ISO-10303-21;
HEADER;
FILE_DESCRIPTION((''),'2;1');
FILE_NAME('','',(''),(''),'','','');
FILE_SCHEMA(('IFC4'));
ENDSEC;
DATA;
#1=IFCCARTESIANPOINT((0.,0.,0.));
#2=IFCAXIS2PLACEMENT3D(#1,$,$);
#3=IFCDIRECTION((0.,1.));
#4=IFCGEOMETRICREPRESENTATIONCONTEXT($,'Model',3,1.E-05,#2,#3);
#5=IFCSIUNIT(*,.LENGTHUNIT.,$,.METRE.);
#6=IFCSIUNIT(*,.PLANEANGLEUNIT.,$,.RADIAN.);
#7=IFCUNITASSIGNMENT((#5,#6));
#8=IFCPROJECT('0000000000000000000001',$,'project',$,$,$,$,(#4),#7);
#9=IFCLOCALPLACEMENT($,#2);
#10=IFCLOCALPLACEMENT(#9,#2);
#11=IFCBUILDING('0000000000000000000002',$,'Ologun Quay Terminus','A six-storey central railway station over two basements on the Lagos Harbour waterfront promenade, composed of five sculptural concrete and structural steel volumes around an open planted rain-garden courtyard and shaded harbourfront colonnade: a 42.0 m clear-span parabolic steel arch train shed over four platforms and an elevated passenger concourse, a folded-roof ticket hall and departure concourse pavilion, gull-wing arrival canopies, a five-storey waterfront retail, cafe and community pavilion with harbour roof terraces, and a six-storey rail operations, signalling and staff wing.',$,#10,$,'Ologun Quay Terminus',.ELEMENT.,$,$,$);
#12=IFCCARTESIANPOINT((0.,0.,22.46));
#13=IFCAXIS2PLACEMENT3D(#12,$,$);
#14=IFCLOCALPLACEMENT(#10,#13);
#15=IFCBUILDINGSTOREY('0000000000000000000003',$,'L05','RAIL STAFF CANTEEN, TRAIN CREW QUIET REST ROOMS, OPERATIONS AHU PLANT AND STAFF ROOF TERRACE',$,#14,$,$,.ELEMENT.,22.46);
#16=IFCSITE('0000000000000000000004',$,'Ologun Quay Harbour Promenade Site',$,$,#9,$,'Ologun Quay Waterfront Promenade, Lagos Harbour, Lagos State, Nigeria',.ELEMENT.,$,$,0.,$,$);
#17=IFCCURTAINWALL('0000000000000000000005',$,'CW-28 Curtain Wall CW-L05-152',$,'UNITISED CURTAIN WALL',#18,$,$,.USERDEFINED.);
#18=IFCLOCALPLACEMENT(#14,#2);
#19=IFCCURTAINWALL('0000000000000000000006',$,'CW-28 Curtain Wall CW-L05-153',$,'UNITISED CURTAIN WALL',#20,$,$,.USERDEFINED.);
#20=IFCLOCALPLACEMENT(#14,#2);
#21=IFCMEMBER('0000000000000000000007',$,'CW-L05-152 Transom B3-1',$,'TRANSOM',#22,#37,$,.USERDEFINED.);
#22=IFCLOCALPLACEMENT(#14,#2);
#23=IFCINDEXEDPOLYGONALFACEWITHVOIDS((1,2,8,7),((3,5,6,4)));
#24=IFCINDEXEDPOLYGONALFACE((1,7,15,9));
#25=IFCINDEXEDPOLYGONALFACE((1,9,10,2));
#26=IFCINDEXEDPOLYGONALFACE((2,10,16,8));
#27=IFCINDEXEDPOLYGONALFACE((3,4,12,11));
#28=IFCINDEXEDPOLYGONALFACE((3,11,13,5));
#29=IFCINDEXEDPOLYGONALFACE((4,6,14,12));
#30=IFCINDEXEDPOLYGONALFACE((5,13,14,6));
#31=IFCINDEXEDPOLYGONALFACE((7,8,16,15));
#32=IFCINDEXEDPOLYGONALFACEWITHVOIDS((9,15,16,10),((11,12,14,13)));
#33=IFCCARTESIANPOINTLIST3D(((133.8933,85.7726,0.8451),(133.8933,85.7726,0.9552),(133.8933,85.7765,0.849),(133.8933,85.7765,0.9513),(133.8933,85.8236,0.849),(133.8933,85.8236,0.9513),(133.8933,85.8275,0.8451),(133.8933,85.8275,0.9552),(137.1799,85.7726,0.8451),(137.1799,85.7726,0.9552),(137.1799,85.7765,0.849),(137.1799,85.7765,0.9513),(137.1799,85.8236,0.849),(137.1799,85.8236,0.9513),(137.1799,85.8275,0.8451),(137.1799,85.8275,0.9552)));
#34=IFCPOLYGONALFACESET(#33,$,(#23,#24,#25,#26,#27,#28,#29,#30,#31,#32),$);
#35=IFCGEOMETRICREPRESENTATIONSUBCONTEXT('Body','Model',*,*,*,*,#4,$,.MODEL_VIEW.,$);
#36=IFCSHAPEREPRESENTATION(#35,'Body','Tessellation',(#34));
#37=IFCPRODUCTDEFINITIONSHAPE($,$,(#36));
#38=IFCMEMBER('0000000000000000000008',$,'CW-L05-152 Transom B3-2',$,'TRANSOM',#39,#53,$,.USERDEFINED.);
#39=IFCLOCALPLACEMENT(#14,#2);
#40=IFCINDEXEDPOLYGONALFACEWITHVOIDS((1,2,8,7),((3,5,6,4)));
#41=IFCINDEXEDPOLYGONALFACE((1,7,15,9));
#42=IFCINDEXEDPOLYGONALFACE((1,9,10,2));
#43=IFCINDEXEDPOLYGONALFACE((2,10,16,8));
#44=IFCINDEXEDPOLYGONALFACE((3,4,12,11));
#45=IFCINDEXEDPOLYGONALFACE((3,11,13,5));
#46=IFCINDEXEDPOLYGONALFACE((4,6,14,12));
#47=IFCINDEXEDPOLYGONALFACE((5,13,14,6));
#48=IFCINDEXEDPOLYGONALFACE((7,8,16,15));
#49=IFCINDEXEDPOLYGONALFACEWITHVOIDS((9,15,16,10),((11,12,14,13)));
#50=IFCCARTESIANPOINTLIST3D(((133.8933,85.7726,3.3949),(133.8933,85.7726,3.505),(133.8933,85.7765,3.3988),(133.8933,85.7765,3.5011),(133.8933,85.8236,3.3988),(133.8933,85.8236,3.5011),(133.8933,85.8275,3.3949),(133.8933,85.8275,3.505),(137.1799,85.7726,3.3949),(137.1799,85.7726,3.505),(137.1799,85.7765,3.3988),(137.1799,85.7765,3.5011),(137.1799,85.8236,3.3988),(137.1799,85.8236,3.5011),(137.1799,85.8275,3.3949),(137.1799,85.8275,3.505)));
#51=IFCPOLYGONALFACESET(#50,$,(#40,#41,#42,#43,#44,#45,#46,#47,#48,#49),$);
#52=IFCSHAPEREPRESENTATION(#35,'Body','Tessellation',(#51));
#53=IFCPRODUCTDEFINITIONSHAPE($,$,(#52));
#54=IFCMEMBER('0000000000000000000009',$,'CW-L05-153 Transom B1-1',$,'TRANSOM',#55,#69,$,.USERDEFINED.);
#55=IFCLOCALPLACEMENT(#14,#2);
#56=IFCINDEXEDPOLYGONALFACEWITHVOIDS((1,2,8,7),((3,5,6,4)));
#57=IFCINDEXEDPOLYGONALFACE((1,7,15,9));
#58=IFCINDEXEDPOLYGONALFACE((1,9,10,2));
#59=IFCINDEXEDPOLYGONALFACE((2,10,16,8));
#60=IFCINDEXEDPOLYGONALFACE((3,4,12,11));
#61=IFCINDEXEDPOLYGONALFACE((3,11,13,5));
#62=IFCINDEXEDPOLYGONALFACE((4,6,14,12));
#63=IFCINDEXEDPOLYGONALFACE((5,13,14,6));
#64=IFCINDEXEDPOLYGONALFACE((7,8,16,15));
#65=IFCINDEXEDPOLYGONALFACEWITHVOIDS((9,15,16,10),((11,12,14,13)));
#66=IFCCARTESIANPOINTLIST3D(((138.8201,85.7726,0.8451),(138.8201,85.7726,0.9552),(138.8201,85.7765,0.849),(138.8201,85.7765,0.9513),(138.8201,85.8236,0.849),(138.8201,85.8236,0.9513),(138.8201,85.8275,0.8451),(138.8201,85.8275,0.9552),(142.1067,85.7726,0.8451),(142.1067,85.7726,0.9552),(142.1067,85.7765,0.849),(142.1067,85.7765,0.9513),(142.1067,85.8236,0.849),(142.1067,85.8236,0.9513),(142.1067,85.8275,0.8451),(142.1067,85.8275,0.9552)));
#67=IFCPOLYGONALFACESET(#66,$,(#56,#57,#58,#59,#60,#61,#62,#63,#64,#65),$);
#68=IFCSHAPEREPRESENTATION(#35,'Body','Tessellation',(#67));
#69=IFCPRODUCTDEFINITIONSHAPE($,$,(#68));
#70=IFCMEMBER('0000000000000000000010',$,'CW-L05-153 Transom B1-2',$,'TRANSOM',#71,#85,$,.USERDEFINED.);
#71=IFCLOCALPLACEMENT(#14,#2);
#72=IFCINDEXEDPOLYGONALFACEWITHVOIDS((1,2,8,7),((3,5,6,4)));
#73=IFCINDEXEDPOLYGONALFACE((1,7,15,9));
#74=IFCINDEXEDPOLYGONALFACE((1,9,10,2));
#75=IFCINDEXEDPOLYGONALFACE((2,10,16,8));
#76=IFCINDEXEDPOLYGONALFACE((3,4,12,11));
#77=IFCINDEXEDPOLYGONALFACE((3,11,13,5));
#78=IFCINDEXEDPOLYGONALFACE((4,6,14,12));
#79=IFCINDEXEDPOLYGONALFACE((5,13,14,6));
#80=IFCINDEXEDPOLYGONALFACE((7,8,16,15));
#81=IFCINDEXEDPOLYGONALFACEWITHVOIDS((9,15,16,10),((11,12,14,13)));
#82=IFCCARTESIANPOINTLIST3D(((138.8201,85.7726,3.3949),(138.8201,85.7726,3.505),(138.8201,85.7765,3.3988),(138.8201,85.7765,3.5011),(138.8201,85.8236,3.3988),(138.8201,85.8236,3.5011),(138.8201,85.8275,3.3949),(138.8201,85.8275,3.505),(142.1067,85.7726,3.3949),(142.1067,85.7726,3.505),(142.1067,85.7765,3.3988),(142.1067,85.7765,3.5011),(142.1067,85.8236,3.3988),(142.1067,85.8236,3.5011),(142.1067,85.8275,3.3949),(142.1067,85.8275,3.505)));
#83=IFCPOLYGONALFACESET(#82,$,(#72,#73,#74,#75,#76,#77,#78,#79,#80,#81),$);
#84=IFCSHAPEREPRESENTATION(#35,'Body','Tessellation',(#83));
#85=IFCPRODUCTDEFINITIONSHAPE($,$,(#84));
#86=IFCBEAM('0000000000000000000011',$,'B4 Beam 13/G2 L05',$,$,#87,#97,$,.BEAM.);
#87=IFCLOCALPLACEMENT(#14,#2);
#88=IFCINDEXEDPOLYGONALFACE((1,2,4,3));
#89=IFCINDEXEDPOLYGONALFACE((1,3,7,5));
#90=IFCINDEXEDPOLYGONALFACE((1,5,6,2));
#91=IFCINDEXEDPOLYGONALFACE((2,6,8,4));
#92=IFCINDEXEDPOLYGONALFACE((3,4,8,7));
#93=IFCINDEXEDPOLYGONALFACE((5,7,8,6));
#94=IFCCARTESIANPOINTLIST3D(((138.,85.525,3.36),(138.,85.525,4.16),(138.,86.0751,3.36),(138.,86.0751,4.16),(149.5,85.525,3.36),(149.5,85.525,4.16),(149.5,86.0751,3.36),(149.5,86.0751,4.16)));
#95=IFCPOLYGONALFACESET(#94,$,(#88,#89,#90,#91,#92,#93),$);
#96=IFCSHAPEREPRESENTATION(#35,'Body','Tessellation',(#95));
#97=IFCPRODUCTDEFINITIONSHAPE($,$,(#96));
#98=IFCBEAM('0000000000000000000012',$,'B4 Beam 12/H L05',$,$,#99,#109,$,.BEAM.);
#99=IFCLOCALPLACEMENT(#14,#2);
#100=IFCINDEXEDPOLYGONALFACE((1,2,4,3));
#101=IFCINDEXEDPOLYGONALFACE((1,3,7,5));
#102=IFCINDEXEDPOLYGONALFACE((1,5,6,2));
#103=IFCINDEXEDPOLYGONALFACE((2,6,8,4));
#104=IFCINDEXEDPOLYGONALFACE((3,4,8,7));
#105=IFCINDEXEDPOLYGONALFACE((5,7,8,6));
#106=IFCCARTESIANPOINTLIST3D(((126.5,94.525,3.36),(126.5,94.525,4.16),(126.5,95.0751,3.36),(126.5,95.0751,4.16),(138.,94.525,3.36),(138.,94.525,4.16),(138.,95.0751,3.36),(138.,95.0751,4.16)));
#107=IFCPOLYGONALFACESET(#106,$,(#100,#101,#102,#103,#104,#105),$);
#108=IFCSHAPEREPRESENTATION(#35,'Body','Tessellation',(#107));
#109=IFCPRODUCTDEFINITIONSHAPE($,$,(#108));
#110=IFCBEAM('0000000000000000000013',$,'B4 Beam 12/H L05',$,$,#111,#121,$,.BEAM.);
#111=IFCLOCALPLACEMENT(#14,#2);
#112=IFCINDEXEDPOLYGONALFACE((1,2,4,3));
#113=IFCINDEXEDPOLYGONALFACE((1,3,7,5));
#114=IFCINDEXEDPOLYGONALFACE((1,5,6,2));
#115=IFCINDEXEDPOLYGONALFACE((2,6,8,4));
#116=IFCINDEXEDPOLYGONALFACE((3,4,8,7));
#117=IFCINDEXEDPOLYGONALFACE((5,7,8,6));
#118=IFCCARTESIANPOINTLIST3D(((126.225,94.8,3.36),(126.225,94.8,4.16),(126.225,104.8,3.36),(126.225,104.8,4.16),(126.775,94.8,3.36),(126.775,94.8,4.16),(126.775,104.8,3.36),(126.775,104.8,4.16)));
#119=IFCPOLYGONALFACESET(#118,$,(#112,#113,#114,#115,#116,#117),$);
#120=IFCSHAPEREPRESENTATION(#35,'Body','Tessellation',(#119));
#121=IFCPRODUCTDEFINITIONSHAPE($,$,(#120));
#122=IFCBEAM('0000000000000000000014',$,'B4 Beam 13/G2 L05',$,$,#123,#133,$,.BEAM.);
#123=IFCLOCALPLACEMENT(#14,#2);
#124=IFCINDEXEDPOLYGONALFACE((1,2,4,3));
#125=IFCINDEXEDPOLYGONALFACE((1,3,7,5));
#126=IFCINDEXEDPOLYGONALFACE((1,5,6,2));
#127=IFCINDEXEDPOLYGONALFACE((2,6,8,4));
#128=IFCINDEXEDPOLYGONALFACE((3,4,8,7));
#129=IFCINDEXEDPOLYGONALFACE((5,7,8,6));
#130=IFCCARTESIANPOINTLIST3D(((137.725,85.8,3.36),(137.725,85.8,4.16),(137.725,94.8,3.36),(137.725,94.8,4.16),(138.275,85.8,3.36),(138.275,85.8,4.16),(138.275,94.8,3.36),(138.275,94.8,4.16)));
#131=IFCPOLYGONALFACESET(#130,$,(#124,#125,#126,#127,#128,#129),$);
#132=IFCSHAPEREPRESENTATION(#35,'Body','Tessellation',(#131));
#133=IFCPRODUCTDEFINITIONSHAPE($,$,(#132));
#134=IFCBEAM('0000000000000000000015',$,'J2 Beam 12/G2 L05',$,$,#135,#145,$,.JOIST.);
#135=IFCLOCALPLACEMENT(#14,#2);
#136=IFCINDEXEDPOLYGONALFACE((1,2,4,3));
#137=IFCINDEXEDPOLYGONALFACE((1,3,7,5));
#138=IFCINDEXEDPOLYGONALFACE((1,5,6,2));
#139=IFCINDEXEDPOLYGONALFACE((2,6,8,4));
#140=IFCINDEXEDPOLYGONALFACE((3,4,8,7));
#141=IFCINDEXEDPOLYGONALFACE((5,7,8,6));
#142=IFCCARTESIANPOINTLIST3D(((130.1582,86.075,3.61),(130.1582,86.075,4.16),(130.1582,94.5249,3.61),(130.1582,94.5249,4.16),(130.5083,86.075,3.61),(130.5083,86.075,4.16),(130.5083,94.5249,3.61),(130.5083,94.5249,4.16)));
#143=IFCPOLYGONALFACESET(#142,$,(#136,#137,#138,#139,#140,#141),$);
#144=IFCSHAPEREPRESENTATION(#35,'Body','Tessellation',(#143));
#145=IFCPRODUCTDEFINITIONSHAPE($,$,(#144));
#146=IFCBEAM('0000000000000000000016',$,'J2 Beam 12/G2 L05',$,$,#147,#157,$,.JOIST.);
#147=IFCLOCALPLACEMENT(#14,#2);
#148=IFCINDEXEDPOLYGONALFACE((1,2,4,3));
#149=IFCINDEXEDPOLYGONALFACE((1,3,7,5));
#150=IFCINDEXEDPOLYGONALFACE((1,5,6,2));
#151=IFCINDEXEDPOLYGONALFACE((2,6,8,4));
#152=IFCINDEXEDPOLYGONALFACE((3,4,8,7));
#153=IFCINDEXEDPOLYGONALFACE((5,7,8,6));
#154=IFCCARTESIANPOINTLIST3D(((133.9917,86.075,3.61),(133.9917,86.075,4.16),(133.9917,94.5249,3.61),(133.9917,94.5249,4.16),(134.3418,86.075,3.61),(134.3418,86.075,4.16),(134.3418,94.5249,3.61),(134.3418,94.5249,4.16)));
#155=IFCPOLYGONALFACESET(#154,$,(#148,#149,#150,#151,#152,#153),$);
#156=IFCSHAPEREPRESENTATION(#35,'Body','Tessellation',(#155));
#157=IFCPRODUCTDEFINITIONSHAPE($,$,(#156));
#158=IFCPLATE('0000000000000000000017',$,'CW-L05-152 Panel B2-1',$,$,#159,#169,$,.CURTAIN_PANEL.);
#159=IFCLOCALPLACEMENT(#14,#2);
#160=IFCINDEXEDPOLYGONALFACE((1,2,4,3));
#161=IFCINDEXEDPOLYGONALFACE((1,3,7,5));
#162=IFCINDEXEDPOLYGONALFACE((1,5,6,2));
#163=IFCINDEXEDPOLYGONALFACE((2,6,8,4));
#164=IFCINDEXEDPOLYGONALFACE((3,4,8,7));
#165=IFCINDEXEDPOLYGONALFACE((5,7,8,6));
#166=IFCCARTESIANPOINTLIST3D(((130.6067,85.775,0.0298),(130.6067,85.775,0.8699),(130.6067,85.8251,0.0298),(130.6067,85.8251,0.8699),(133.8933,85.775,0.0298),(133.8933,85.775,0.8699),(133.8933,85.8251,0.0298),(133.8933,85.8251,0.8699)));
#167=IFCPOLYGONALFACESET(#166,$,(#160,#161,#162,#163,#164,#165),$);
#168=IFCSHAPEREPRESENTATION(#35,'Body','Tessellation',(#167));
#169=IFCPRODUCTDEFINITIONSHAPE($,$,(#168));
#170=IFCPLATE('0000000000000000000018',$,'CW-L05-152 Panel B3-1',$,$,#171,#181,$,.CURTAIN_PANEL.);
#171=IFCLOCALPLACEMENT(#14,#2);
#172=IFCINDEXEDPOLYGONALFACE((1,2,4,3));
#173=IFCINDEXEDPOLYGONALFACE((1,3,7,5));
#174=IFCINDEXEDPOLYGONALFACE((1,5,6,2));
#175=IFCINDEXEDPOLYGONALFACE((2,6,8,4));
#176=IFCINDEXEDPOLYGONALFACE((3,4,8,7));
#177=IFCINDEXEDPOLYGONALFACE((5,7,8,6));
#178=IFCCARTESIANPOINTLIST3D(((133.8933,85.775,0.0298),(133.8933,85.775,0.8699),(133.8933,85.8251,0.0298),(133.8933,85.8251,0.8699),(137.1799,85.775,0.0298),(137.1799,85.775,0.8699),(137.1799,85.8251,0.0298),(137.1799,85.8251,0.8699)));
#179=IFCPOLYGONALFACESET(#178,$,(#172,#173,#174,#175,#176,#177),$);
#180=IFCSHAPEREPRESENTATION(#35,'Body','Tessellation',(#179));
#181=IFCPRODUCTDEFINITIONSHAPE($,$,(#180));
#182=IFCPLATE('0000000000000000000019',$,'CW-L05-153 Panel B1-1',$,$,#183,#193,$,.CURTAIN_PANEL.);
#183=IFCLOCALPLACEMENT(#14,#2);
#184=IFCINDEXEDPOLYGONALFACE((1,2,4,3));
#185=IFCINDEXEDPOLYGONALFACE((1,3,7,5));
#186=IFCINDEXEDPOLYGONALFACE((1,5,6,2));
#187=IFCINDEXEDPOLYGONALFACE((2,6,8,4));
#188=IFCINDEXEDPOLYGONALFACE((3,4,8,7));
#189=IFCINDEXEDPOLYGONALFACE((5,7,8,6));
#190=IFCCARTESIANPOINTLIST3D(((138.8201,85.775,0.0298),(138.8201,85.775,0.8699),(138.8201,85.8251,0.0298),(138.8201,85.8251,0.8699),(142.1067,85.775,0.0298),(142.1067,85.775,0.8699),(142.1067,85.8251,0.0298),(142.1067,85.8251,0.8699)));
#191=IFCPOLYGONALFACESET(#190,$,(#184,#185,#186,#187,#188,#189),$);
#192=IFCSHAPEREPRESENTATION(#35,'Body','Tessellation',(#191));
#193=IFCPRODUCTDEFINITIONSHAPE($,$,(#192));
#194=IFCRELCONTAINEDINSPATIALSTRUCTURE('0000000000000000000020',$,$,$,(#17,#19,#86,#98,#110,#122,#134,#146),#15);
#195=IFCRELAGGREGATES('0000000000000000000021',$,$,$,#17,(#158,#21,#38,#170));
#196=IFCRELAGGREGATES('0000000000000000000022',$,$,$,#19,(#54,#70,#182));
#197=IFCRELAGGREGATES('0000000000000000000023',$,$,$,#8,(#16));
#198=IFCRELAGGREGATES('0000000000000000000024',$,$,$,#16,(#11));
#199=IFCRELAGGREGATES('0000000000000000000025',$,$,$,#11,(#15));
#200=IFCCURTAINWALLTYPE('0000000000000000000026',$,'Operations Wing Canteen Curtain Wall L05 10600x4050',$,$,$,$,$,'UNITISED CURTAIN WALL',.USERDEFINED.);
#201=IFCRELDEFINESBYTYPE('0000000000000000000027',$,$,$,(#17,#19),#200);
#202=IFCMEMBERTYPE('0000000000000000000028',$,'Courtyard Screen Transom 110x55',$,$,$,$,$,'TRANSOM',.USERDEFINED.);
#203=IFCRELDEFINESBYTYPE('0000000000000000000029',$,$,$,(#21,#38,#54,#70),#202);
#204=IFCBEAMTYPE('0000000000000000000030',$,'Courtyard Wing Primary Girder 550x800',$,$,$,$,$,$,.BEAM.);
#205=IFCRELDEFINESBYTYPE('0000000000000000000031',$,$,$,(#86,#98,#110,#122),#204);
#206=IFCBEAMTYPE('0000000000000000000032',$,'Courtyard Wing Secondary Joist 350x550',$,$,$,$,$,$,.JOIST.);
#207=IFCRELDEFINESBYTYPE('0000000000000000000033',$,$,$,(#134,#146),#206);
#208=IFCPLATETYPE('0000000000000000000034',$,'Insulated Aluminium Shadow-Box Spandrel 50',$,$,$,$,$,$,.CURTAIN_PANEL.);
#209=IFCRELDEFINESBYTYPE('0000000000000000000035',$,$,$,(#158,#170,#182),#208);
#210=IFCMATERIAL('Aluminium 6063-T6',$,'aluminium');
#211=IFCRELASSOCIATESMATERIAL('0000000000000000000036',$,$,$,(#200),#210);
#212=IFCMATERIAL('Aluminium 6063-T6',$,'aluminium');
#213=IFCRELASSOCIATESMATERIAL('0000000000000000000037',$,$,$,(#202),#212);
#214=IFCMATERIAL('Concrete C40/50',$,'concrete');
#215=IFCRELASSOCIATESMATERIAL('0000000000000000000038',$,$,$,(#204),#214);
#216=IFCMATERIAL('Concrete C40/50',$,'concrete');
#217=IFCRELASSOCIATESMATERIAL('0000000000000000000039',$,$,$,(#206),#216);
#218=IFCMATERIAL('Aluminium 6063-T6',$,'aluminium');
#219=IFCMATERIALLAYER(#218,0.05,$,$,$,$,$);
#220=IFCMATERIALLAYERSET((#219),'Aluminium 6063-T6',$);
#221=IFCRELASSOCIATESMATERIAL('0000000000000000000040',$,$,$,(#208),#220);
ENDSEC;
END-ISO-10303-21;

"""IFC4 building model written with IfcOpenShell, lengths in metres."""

from ifc_helpers import new_model, si_unit, direction, frame, origin, origin_2d, place, context, subcontext, project, spatial, rectangle, hollow_rectangle, extrude, material, layer, layer_set, material_profile, profile_set, type_object, element, aggregate, save


model = new_model("IFC4")

# Units and contexts
model_context = context("Model", 3, precision=1e-05, world=origin(), true_north=direction((0.0, 1.0)))
body_context = subcontext(model_context, "Body", "Model", "MODEL_VIEW")
ifc_project = project(units=[si_unit("LENGTHUNIT", "METRE"), si_unit("PLANEANGLEUNIT", "RADIAN")], contexts=[model_context])

# Site, building, storey
site_placement = place(None, origin())
site = spatial("IfcSite", under=ifc_project, at=site_placement, Name="Ologun Quay Harbour Promenade Site", LongName="Ologun Quay Waterfront Promenade, Lagos Harbour, Lagos State, Nigeria", CompositionType="ELEMENT", RefElevation=0.0)
building_placement = place(site_placement, origin())
building = spatial("IfcBuilding", under=site, at=building_placement, Name="Ologun Quay Terminus", Description="A six-storey central railway station over two basements on the Lagos Harbour waterfront promenade, composed of five sculptural concrete and structural steel volumes around an open planted rain-garden courtyard and shaded harbourfront colonnade: a 42.0 m clear-span parabolic steel arch train shed over four platforms and an elevated passenger concourse, a folded-roof ticket hall and departure concourse pavilion, gull-wing arrival canopies, a five-storey waterfront retail, cafe and community pavilion with harbour roof terraces, and a six-storey rail operations, signalling and staff wing.", LongName="Ologun Quay Terminus", CompositionType="ELEMENT")
storey_placement = place(building_placement, frame((0.0, 0.0, 22.46)))
storey = spatial("IfcBuildingStorey", under=building, at=storey_placement, Name="L05", Description="RAIL STAFF CANTEEN, TRAIN CREW QUIET REST ROOMS, OPERATIONS AHU PLANT AND STAFF ROOF TERRACE", CompositionType="ELEMENT", Elevation=22.46)

# Curtain wall
ifc_material_1 = material(Name="Aluminium 6063-T6", Category="aluminium")
curtain_wall_type = type_object("IfcCurtainWallType", Name="Operations Wing Canteen Curtain Wall L05 10600x4050", ElementType="UNITISED CURTAIN WALL", PredefinedType="USERDEFINED", material=ifc_material_1)
curtain_wall_1_placement = place(storey_placement, origin())
curtain_wall_1 = element("IfcCurtainWall", 1, at=curtain_wall_1_placement, inside=storey, type_object=curtain_wall_type, Name="CW-28 Curtain Wall CW-L05-152", ObjectType="UNITISED CURTAIN WALL", PredefinedType="USERDEFINED")

# Curtain wall
curtain_wall_2_placement = place(storey_placement, origin())
curtain_wall_2 = element("IfcCurtainWall", 2, at=curtain_wall_2_placement, inside=storey, type_object=curtain_wall_type, Name="CW-28 Curtain Wall CW-L05-153", ObjectType="UNITISED CURTAIN WALL", PredefinedType="USERDEFINED")

# Members
ifc_material_2 = material(Name="Aluminium 6063-T6", Category="aluminium")
ifc_material_profile_1 = material_profile(ifc_material_2, hollow_rectangle(XDim=0.0549, YDim=0.1101, WallThickness=0.0039, at=origin_2d()), Name="ALU 110x55x4")
ifc_profile_set_1 = profile_set([ifc_material_profile_1], Name="Aluminium 6063-T6")
member_type_1 = type_object("IfcMemberType", Name="Courtyard Screen Transom 110x55", ElementType="TRANSOM", PredefinedType="USERDEFINED", material=ifc_profile_set_1)
member_1_placement = place(storey_placement, frame((133.8933, 85.8, 0.9001), z_axis=(1.0, 0.0, 0.0), x_axis=(0.0, 1.0, 0.0)))
member_1 = element("IfcMember", 3, at=member_1_placement, type_object=member_type_1, Name="CW-L05-152 Transom B3-1", ObjectType="TRANSOM", PredefinedType="USERDEFINED", context=body_context, shape_type="SweptSolid", body=[
    extrude(hollow_rectangle(XDim=0.0549, YDim=0.1101, WallThickness=0.0039, at=origin_2d()), origin(), (0.0, 0.0, 1.0), 3.2866),
])
member_2_placement = place(storey_placement, frame((133.8933, 85.8, 3.45), z_axis=(1.0, 0.0, 0.0), x_axis=(0.0, 1.0, 0.0)))
member_2 = element("IfcMember", 4, at=member_2_placement, type_object=member_type_1, Name="CW-L05-152 Transom B3-2", ObjectType="TRANSOM", PredefinedType="USERDEFINED", context=body_context, shape_type="SweptSolid", body=[
    extrude(hollow_rectangle(XDim=0.0549, YDim=0.1101, WallThickness=0.0039, at=origin_2d()), origin(), (0.0, 0.0, 1.0), 3.2866),
])
member_3_placement = place(storey_placement, frame((138.8201, 85.8, 0.9001), z_axis=(1.0, 0.0, 0.0), x_axis=(0.0, 1.0, 0.0)))
member_3 = element("IfcMember", 5, at=member_3_placement, type_object=member_type_1, Name="CW-L05-153 Transom B1-1", ObjectType="TRANSOM", PredefinedType="USERDEFINED", context=body_context, shape_type="SweptSolid", body=[
    extrude(hollow_rectangle(XDim=0.0549, YDim=0.1101, WallThickness=0.0039, at=origin_2d()), origin(), (0.0, 0.0, 1.0), 3.2866),
])
member_4_placement = place(storey_placement, frame((138.8201, 85.8, 3.45), z_axis=(1.0, 0.0, 0.0), x_axis=(0.0, 1.0, 0.0)))
member_4 = element("IfcMember", 6, at=member_4_placement, type_object=member_type_1, Name="CW-L05-153 Transom B1-2", ObjectType="TRANSOM", PredefinedType="USERDEFINED", context=body_context, shape_type="SweptSolid", body=[
    extrude(hollow_rectangle(XDim=0.0549, YDim=0.1101, WallThickness=0.0039, at=origin_2d()), origin(), (0.0, 0.0, 1.0), 3.2866),
])

# Beams
ifc_material_3 = material(Name="Concrete C40/50", Category="concrete")
ifc_material_profile_2 = material_profile(ifc_material_3, rectangle(XDim=0.55, YDim=0.8, at=origin_2d()), Name="RC 550x800")
ifc_profile_set_2 = profile_set([ifc_material_profile_2], Name="Concrete C40/50")
beam_type_1 = type_object("IfcBeamType", Name="Courtyard Wing Primary Girder 550x800", PredefinedType="BEAM", material=ifc_profile_set_2)
for number, where, z_axis, x_axis, name in (
    (7, (138.0, 85.8, 3.76), (1.0, 0.0, 0.0), (0.0, 1.0, 0.0), "B4 Beam 13/G2 L05"),
    (8, (126.5, 94.8, 3.76), (1.0, 0.0, 0.0), (0.0, 1.0, 0.0), "B4 Beam 12/H L05"),
):
    element("IfcBeam", number, at=place(storey_placement, frame(where, z_axis=z_axis, x_axis=x_axis)), inside=storey, type_object=beam_type_1, Name=name, PredefinedType="BEAM", context=body_context, shape_type="SweptSolid", body=[
        extrude(rectangle(XDim=0.55, YDim=0.8, at=origin_2d()), origin(), (0.0, 0.0, 1.0), 11.5),
    ])
beam_1_placement = place(storey_placement, frame((126.5, 94.8, 3.76), z_axis=(0.0, 1.0, 0.0), x_axis=(-1.0, 0.0, 0.0)))
element("IfcBeam", 9, at=beam_1_placement, inside=storey, type_object=beam_type_1, Name="B4 Beam 12/H L05", PredefinedType="BEAM", context=body_context, shape_type="SweptSolid", body=[
    extrude(rectangle(XDim=0.55, YDim=0.8, at=origin_2d()), origin(), (0.0, 0.0, 1.0), 10.0),
])
beam_2_placement = place(storey_placement, frame((138.0, 85.8, 3.76), z_axis=(0.0, 1.0, 0.0), x_axis=(-1.0, 0.0, 0.0)))
element("IfcBeam", 10, at=beam_2_placement, inside=storey, type_object=beam_type_1, Name="B4 Beam 13/G2 L05", PredefinedType="BEAM", context=body_context, shape_type="SweptSolid", body=[
    extrude(rectangle(XDim=0.55, YDim=0.8, at=origin_2d()), origin(), (0.0, 0.0, 1.0), 9.0),
])
ifc_material_4 = material(Name="Concrete C40/50", Category="concrete")
ifc_material_profile_3 = material_profile(ifc_material_4, rectangle(XDim=0.3501, YDim=0.55, at=origin_2d()), Name="RC 350x550")
ifc_profile_set_3 = profile_set([ifc_material_profile_3], Name="Concrete C40/50")
beam_type_2 = type_object("IfcBeamType", Name="Courtyard Wing Secondary Joist 350x550", PredefinedType="JOIST", material=ifc_profile_set_3)
for number, where, z_axis, x_axis, name in (
    (11, (130.3333, 86.075, 3.885), (0.0, 1.0, 0.0), (-1.0, 0.0, 0.0), "J2 Beam 12/G2 L05"),
    (12, (134.1667, 86.075, 3.885), (0.0, 1.0, 0.0), (-1.0, 0.0, 0.0), "J2 Beam 12/G2 L05"),
):
    element("IfcBeam", number, at=place(storey_placement, frame(where, z_axis=z_axis, x_axis=x_axis)), inside=storey, type_object=beam_type_2, Name=name, PredefinedType="JOIST", context=body_context, shape_type="SweptSolid", body=[
        extrude(rectangle(XDim=0.3501, YDim=0.55, at=origin_2d()), origin(), (0.0, 0.0, 1.0), 8.45),
    ])

# Plates
ifc_material_5 = material(Name="Aluminium 6063-T6", Category="aluminium")
ifc_layer_1 = layer(ifc_material_5, 0.05)
ifc_layer_set_1 = layer_set([ifc_layer_1], Name="Aluminium 6063-T6")
plate_type_1 = type_object("IfcPlateType", Name="Insulated Aluminium Shadow-Box Spandrel 50", PredefinedType="CURTAIN_PANEL", material=ifc_layer_set_1)
plate_1_placement = place(storey_placement, frame((132.25, 85.8, 0.0298), z_axis=(0.0, 0.0, 1.0), x_axis=(1.0, 0.0, 0.0)))
plate_1 = element("IfcPlate", 13, at=plate_1_placement, type_object=plate_type_1, Name="CW-L05-152 Panel B2-1", PredefinedType="CURTAIN_PANEL", context=body_context, shape_type="SweptSolid", body=[
    extrude(rectangle(XDim=3.2866, YDim=0.05, at=origin_2d()), origin(), (0.0, 0.0, 1.0), 0.8401),
])
plate_2_placement = place(storey_placement, frame((135.5366, 85.8, 0.0298), z_axis=(0.0, 0.0, 1.0), x_axis=(1.0, 0.0, 0.0)))
plate_2 = element("IfcPlate", 14, at=plate_2_placement, type_object=plate_type_1, Name="CW-L05-152 Panel B3-1", PredefinedType="CURTAIN_PANEL", context=body_context, shape_type="SweptSolid", body=[
    extrude(rectangle(XDim=3.2866, YDim=0.05, at=origin_2d()), origin(), (0.0, 0.0, 1.0), 0.8401),
])
plate_3_placement = place(storey_placement, frame((140.4634, 85.8, 0.0298), z_axis=(0.0, 0.0, 1.0), x_axis=(1.0, 0.0, 0.0)))
plate_3 = element("IfcPlate", 15, at=plate_3_placement, type_object=plate_type_1, Name="CW-L05-153 Panel B1-1", PredefinedType="CURTAIN_PANEL", context=body_context, shape_type="SweptSolid", body=[
    extrude(rectangle(XDim=3.2866, YDim=0.05, at=origin_2d()), origin(), (0.0, 0.0, 1.0), 0.8401),
])
aggregate(curtain_wall_1, [plate_1, member_1, member_2, plate_2])
aggregate(curtain_wall_2, [member_3, member_4, plate_3])

save(model, "model.ifc")
